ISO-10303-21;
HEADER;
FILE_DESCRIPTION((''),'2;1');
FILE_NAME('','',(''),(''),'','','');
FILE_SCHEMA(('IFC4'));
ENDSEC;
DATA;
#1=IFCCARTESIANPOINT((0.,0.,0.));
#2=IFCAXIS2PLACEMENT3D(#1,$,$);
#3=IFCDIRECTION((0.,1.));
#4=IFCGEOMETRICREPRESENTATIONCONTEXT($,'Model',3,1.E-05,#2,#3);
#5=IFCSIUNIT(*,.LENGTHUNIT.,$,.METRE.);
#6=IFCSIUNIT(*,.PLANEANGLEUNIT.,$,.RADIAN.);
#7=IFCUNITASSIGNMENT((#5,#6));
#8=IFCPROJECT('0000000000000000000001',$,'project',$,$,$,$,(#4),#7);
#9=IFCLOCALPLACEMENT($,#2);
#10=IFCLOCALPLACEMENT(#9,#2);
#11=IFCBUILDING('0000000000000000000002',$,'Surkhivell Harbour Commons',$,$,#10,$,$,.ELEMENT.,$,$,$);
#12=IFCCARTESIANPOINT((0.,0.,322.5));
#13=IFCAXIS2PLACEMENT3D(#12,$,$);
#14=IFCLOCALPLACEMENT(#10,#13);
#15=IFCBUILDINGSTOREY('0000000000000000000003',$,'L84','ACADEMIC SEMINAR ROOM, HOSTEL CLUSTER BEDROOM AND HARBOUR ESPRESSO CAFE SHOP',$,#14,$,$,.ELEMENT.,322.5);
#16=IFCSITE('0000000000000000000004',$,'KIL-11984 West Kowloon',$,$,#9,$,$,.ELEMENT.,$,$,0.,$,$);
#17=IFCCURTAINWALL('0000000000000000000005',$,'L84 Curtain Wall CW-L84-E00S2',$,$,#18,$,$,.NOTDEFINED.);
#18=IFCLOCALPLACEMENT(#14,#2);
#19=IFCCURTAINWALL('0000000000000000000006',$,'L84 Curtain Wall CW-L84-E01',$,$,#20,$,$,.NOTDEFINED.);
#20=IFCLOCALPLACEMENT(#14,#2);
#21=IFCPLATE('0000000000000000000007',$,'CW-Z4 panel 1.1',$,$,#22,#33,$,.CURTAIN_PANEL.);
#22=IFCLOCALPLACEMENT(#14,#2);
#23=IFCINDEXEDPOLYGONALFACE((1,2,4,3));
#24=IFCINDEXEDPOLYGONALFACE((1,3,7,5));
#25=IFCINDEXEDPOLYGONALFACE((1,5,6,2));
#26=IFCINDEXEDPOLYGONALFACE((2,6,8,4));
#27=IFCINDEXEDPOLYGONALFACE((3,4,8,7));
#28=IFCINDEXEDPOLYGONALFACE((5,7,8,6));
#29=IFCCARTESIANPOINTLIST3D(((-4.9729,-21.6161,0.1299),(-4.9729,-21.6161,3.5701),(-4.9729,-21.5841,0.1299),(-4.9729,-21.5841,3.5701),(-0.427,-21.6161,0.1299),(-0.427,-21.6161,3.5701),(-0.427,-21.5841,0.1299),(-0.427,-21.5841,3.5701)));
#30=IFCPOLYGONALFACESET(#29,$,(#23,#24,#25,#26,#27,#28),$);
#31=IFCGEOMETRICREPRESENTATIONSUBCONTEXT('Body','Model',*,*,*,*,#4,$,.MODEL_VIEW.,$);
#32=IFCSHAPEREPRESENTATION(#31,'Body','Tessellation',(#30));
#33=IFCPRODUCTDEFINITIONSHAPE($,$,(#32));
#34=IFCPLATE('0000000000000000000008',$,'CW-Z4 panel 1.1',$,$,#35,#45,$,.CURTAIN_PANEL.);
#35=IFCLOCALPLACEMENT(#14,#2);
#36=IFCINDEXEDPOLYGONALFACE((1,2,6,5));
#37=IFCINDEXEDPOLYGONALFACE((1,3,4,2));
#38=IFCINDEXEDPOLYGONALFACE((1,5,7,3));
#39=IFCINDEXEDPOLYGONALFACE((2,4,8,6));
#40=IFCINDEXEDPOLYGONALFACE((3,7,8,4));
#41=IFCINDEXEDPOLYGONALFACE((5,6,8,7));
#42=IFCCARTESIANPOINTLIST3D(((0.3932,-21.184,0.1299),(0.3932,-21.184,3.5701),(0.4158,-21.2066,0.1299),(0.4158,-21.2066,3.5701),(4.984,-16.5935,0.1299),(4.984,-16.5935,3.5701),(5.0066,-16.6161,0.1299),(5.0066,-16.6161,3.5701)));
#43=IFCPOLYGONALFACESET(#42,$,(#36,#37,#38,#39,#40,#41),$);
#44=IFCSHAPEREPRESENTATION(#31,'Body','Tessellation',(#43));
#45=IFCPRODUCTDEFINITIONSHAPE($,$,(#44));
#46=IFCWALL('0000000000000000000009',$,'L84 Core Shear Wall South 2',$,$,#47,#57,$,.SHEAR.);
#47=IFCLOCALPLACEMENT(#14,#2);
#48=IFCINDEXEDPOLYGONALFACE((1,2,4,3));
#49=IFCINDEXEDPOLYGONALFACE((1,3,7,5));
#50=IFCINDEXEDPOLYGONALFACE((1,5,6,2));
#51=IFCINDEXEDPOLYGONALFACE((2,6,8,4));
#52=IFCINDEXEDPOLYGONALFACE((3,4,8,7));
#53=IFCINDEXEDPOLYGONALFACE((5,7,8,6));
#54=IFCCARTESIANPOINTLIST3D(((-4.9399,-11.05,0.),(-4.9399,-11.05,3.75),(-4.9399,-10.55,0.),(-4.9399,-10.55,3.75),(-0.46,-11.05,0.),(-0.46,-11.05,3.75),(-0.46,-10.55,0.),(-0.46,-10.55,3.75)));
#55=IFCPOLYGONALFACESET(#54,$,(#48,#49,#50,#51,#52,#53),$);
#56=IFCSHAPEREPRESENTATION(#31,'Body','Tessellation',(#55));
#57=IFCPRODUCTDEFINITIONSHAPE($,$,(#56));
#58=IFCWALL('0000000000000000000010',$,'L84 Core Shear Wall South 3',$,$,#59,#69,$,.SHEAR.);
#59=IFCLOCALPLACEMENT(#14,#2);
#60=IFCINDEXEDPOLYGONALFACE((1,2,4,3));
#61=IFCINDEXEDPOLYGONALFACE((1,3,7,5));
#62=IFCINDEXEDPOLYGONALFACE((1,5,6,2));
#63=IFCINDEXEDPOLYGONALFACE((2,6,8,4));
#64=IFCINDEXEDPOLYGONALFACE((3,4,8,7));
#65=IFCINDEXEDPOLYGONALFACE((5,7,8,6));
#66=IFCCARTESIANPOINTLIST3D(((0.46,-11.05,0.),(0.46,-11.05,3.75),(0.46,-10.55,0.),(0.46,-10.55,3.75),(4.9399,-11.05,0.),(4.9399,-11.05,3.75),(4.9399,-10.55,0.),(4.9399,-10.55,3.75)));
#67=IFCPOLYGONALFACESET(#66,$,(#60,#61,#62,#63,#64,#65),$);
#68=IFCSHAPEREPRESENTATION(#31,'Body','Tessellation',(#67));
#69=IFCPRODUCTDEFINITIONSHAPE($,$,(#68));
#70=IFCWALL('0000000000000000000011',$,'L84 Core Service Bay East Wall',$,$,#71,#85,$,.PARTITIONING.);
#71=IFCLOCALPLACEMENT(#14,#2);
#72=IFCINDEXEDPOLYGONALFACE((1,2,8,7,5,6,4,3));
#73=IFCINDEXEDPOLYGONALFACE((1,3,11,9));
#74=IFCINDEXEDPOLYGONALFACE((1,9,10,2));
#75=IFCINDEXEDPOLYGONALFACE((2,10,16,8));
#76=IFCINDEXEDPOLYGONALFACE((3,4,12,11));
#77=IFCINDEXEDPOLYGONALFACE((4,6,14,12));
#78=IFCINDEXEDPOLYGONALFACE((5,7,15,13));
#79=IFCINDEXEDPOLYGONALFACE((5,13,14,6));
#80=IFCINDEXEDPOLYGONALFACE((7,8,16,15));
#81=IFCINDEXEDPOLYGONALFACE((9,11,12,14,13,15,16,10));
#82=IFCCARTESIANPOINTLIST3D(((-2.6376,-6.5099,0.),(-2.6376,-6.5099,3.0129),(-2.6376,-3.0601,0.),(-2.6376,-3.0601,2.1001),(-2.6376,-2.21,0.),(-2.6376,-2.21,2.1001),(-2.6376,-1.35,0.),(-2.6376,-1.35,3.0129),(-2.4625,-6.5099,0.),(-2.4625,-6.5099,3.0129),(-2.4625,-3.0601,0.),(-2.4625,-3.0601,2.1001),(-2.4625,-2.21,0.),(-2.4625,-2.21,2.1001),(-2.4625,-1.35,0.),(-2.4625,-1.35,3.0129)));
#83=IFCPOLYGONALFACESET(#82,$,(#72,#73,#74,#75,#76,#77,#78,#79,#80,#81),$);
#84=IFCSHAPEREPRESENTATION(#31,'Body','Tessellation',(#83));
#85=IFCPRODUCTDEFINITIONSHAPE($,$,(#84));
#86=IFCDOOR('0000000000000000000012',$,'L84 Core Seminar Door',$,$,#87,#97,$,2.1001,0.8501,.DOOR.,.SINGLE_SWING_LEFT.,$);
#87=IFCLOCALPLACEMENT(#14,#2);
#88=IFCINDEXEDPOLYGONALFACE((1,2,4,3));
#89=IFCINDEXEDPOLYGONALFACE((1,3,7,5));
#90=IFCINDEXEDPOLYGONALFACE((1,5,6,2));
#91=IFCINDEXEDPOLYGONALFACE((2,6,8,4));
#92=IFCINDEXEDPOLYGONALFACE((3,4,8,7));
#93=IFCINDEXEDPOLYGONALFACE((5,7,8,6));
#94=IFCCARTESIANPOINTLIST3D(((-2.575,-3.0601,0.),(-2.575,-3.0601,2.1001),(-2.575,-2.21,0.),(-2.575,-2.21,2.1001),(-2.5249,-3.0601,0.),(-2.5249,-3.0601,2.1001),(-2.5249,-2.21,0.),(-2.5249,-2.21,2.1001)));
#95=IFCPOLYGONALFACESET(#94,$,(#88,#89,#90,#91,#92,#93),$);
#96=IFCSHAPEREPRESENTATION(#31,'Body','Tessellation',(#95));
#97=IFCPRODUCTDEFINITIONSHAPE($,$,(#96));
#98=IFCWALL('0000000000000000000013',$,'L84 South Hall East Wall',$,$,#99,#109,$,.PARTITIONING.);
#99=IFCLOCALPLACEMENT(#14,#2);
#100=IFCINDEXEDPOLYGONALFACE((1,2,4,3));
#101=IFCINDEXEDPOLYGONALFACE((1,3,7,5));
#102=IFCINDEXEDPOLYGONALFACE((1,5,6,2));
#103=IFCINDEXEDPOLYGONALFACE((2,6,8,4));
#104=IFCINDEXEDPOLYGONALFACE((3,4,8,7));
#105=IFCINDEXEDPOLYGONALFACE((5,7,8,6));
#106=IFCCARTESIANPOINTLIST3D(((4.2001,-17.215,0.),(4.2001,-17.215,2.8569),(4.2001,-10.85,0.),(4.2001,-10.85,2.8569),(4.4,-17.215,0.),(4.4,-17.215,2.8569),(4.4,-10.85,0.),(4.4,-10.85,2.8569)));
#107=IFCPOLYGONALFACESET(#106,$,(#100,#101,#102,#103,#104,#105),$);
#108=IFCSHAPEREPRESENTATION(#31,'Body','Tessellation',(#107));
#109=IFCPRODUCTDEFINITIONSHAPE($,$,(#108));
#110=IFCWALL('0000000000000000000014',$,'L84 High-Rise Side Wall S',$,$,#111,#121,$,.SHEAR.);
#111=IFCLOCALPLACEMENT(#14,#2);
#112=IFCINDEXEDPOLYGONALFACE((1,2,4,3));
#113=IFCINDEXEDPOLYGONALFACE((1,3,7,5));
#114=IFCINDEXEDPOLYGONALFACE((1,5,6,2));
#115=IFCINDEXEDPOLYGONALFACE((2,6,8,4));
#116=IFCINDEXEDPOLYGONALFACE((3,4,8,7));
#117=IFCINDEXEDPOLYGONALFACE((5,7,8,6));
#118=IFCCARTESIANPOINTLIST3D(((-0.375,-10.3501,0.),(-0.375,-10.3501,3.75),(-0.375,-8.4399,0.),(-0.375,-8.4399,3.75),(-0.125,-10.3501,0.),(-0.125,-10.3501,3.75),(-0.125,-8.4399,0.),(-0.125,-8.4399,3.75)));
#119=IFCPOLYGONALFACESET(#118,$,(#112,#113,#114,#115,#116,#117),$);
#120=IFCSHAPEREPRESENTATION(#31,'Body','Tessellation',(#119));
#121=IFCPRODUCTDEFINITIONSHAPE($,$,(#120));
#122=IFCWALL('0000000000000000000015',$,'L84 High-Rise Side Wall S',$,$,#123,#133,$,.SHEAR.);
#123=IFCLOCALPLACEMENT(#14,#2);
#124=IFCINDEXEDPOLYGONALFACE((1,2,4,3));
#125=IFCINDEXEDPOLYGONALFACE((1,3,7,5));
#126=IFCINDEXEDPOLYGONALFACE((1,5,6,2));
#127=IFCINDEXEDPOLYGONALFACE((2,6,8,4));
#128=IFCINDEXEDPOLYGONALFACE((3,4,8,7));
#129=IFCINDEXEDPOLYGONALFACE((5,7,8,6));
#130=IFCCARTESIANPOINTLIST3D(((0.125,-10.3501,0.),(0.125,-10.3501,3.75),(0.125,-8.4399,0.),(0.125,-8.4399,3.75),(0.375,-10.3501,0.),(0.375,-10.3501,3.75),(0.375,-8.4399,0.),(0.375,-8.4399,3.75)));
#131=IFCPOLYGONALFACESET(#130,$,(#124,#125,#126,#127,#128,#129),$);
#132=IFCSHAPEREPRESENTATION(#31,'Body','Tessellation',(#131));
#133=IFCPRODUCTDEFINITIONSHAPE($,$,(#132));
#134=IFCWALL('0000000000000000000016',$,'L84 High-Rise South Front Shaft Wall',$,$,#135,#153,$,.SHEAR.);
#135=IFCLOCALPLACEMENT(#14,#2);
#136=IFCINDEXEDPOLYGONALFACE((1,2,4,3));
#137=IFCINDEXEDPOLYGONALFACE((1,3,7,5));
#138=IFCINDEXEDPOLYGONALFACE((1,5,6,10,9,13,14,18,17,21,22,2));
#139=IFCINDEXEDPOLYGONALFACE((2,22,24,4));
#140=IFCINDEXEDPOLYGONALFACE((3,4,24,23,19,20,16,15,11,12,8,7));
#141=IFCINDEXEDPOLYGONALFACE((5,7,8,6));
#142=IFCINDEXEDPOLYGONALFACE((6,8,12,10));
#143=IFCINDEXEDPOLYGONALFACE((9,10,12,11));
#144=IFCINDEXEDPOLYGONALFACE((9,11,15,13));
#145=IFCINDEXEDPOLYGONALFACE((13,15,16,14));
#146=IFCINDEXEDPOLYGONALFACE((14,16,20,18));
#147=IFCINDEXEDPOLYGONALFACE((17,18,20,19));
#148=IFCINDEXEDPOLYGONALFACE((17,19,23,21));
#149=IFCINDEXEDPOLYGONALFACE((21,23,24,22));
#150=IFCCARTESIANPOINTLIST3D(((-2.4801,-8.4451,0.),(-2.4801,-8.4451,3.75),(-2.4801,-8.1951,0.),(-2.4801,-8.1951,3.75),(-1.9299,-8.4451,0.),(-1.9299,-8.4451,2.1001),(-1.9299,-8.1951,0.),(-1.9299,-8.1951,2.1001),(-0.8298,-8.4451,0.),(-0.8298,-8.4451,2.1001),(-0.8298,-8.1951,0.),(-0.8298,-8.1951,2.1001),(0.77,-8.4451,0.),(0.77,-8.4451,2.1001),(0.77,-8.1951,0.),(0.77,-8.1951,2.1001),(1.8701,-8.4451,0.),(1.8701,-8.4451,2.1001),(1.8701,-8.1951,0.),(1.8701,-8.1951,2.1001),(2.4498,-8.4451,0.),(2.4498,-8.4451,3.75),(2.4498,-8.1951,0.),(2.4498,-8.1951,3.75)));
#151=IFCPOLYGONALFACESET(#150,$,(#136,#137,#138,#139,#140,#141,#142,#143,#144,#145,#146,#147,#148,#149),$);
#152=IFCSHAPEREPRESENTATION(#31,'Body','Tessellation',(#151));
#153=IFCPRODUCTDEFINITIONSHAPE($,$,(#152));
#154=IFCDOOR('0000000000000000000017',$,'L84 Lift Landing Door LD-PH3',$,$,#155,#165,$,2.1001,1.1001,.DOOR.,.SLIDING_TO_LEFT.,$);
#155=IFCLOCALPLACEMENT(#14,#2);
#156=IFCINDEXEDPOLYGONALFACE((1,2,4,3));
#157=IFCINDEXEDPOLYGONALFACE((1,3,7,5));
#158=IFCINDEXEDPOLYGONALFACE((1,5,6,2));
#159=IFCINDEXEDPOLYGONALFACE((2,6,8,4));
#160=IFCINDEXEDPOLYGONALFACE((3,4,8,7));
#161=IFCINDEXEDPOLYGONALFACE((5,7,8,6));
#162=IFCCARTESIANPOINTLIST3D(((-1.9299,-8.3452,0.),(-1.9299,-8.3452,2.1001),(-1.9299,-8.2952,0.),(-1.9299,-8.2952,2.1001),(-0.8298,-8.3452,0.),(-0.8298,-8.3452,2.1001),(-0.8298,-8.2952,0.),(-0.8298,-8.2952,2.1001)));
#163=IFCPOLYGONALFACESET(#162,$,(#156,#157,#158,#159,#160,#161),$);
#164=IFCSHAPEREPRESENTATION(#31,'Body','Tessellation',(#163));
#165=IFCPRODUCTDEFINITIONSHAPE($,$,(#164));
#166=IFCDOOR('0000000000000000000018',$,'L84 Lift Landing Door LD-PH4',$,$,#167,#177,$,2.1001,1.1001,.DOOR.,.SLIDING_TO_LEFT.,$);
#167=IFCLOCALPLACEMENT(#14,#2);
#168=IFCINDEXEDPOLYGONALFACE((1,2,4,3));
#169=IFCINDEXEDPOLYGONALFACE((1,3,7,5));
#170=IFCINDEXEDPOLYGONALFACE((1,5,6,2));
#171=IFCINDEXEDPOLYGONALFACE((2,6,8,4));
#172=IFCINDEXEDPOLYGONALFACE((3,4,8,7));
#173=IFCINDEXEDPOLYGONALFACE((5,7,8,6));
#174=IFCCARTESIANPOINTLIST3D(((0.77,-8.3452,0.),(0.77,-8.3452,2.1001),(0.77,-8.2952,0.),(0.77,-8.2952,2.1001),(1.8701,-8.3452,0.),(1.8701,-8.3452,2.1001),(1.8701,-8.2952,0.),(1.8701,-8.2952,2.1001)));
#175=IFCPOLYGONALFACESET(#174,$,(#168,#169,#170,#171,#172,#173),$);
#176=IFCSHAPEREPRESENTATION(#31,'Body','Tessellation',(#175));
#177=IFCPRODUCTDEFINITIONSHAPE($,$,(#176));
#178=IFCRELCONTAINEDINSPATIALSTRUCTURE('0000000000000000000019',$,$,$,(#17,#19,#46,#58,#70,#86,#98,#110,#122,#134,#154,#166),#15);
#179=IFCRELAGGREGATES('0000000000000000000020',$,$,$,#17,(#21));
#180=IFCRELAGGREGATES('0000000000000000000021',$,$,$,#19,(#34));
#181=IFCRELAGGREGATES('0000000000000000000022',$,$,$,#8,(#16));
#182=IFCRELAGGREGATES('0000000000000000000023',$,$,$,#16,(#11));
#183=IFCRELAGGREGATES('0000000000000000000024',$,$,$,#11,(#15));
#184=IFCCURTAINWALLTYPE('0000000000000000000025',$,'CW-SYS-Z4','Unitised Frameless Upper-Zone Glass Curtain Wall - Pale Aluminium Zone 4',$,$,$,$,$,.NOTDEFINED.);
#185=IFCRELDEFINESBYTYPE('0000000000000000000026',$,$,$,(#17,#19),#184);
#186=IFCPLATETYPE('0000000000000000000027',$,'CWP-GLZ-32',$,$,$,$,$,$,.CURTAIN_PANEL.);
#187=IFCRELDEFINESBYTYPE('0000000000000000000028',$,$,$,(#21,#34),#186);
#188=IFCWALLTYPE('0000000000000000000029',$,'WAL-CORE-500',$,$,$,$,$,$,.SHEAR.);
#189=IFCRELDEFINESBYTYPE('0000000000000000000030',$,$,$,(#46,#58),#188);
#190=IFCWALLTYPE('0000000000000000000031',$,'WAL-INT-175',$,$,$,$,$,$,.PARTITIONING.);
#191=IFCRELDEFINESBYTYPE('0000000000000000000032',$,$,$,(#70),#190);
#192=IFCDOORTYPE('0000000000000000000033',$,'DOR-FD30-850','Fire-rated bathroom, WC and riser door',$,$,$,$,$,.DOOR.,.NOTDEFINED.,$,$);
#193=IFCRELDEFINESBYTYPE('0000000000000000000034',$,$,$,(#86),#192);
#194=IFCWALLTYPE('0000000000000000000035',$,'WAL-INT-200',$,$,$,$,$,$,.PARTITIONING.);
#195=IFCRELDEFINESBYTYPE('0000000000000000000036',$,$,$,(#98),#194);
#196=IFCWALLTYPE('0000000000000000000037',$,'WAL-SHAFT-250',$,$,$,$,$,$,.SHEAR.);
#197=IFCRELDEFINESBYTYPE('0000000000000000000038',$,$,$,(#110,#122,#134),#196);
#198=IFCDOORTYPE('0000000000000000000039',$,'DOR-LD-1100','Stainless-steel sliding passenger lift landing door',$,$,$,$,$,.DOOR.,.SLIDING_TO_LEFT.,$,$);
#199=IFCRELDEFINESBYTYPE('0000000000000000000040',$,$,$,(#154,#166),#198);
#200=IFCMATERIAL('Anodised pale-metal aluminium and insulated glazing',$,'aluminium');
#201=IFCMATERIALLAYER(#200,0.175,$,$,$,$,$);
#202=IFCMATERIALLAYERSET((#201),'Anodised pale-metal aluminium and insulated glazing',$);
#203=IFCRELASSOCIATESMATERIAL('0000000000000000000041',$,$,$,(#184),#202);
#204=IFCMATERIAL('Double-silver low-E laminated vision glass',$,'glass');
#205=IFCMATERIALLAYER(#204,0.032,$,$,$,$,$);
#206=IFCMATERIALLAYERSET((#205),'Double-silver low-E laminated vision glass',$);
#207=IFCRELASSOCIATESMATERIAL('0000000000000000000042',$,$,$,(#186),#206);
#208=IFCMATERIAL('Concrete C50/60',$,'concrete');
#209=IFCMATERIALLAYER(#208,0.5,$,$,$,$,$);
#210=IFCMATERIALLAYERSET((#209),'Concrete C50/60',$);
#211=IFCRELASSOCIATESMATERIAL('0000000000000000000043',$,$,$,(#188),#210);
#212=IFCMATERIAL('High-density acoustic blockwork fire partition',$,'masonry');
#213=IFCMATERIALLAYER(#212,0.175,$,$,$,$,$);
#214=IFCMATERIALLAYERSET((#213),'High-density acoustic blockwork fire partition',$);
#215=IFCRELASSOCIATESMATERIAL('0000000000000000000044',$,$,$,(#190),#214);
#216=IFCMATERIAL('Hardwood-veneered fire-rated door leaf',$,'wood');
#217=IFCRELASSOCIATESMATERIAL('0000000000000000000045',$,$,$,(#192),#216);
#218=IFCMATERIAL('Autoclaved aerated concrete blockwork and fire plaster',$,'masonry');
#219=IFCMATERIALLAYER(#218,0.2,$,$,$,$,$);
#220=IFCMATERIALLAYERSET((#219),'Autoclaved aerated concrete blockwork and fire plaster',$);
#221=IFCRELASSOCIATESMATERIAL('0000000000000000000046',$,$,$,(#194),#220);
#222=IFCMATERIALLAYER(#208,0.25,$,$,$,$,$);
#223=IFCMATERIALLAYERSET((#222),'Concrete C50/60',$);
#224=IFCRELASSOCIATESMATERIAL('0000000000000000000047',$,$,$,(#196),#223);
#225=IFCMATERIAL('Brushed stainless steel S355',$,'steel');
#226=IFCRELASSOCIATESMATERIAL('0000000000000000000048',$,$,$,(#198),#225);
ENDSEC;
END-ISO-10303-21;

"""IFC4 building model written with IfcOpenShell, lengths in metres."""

from ifc_helpers import new_model, si_unit, direction, frame, frame_2d, origin, place, context, subcontext, project, spatial, rectangle, extrude, material, layer, layer_set, type_object, element, fill, aggregate, save


model = new_model("IFC4")

# Units and contexts
model_context = context("Model", 3, precision=1e-05, world=origin(), true_north=direction((0.0, 1.0)))
body_context = subcontext(model_context, "Body", "Model", "MODEL_VIEW")
ifc_project = project(units=[si_unit("LENGTHUNIT", "METRE"), si_unit("PLANEANGLEUNIT", "RADIAN")], contexts=[model_context])

# Site, building, storey
site_placement = place(None, origin())
site = spatial("IfcSite", under=ifc_project, at=site_placement, Name="KIL-11984 West Kowloon", CompositionType="ELEMENT", RefElevation=0.0)
building_placement = place(site_placement, origin())
building = spatial("IfcBuilding", under=site, at=building_placement, Name="Surkhivell Harbour Commons", CompositionType="ELEMENT")
storey_placement = place(building_placement, frame((0.0, 0.0, 322.5)))
storey = spatial("IfcBuildingStorey", under=building, at=storey_placement, Name="L84", Description="ACADEMIC SEMINAR ROOM, HOSTEL CLUSTER BEDROOM AND HARBOUR ESPRESSO CAFE SHOP", CompositionType="ELEMENT", Elevation=322.5)

# Shared definitions
ifc_material_1 = material(Name="Concrete C50/60", Category="concrete")

# Curtain wall
ifc_material_2 = material(Name="Anodised pale-metal aluminium and insulated glazing", Category="aluminium")
ifc_layer_1 = layer(ifc_material_2, 0.175)
ifc_layer_set_1 = layer_set([ifc_layer_1], Name="Anodised pale-metal aluminium and insulated glazing")
curtain_wall_type = type_object("IfcCurtainWallType", Name="CW-SYS-Z4", Description="Unitised Frameless Upper-Zone Glass Curtain Wall - Pale Aluminium Zone 4", PredefinedType="NOTDEFINED", material=ifc_layer_set_1)
curtain_wall_1_placement = place(storey_placement, origin())
curtain_wall_1 = element("IfcCurtainWall", 1, at=curtain_wall_1_placement, inside=storey, type_object=curtain_wall_type, Name="L84 Curtain Wall CW-L84-E00S2", PredefinedType="NOTDEFINED")

# Curtain wall
curtain_wall_2_placement = place(storey_placement, origin())
curtain_wall_2 = element("IfcCurtainWall", 2, at=curtain_wall_2_placement, inside=storey, type_object=curtain_wall_type, Name="L84 Curtain Wall CW-L84-E01", PredefinedType="NOTDEFINED")

# Plates
ifc_material_3 = material(Name="Double-silver low-E laminated vision glass", Category="glass")
ifc_layer_2 = layer(ifc_material_3, 0.032)
ifc_layer_set_2 = layer_set([ifc_layer_2], Name="Double-silver low-E laminated vision glass")
plate_type = type_object("IfcPlateType", Name="CWP-GLZ-32", PredefinedType="CURTAIN_PANEL", material=ifc_layer_set_2)
plate_1_placement = place(storey_placement, frame((-4.9729, -21.6001, 0.1299), z_axis=(0.0, 0.0, 1.0), x_axis=(1.0, 0.0, 0.0)))
plate_1 = element("IfcPlate", 3, at=plate_1_placement, type_object=plate_type, Name="CW-Z4 panel 1.1", PredefinedType="CURTAIN_PANEL", context=body_context, shape_type="SweptSolid", body=[
    extrude(rectangle(XDim=4.5459, YDim=0.032, at=frame_2d((2.2729, 0.0))), origin(), (0.0, 0.0, 1.0), 3.4402),
])
aggregate(curtain_wall_1, [plate_1])
plate_2_placement = place(storey_placement, frame((0.4045, -21.1953, 0.1299), z_axis=(0.0, 0.0, 1.0), x_axis=(0.707126, 0.707088, 0.0)))
plate_2 = element("IfcPlate", 4, at=plate_2_placement, type_object=plate_type, Name="CW-Z4 panel 1.1", PredefinedType="CURTAIN_PANEL", context=body_context, shape_type="SweptSolid", body=[
    extrude(rectangle(XDim=6.4922, YDim=0.032, at=frame_2d((3.2461, 0.0))), origin(), (0.0, 0.0, 1.0), 3.4402),
])
aggregate(curtain_wall_2, [plate_2])

# Walls
ifc_layer_3 = layer(ifc_material_1, 0.5)
ifc_layer_set_3 = layer_set([ifc_layer_3], Name="Concrete C50/60")
wall_type_1 = type_object("IfcWallType", Name="WAL-CORE-500", PredefinedType="SHEAR", material=ifc_layer_set_3)
for number, where, z_axis, x_axis, name in (
    (5, (-4.9399, -10.8, 0.0), (0.0, 0.0, 1.0), (1.0, 0.0, 0.0), "L84 Core Shear Wall South 2"),
    (6, (0.46, -10.8, 0.0), (0.0, 0.0, 1.0), (1.0, 0.0, 0.0), "L84 Core Shear Wall South 3"),
):
    element("IfcWall", number, at=place(storey_placement, frame(where, z_axis=z_axis, x_axis=x_axis)), inside=storey, type_object=wall_type_1, Name=name, PredefinedType="SHEAR", context=body_context, shape_type="SweptSolid", body=[
        extrude(rectangle(XDim=4.48, YDim=0.5, at=frame_2d((2.24, 0.0))), origin(), (0.0, 0.0, 1.0), 3.75),
    ])

# Wall, opening, door
ifc_material_4 = material(Name="High-density acoustic blockwork fire partition", Category="masonry")
ifc_layer_4 = layer(ifc_material_4, 0.175)
ifc_layer_set_4 = layer_set([ifc_layer_4], Name="High-density acoustic blockwork fire partition")
wall_type_2 = type_object("IfcWallType", Name="WAL-INT-175", PredefinedType="PARTITIONING", material=ifc_layer_set_4)
wall_1_placement = place(storey_placement, frame((-2.55, -6.51, 0.0), z_axis=(0.0, 0.0, 1.0), x_axis=(0.0, 1.0, 0.0)))
wall_1 = element("IfcWall", 7, at=wall_1_placement, inside=storey, type_object=wall_type_2, Name="L84 Core Service Bay East Wall", PredefinedType="PARTITIONING", context=body_context, shape_type="SweptSolid", body=[
    extrude(rectangle(XDim=5.1599, YDim=0.175, at=frame_2d((2.5801, 0.0))), origin(), (0.0, 0.0, 1.0), 3.0129),
])
opening_1_placement = place(wall_1_placement, frame((3.45, 0.0, 0.0)))
opening_1 = element("IfcOpeningElement", 8, at=opening_1_placement, cuts=wall_1, PredefinedType="OPENING", context=body_context, shape_type="SweptSolid", body=[
    extrude(rectangle(XDim=0.8501, YDim=2.1001, at=frame_2d((0.425, 1.05))), frame((0.0, 0.0974, 0.0), z_axis=(0.0, -1.0, 0.0), x_axis=(1.0, 0.0, 0.0)), (0.0, 0.0, 1.0), 0.1951),
])
ifc_material_5 = material(Name="Hardwood-veneered fire-rated door leaf", Category="wood")
door_type_1 = type_object("IfcDoorType", Name="DOR-FD30-850", Description="Fire-rated bathroom, WC and riser door", OperationType="NOTDEFINED", PredefinedType="DOOR", material=ifc_material_5)
door_1_placement = place(opening_1_placement, origin())
door_1 = element("IfcDoor", 9, at=door_1_placement, inside=storey, type_object=door_type_1, Name="L84 Core Seminar Door", OperationType="SINGLE_SWING_LEFT", OverallHeight=2.1001, OverallWidth=0.8501, PredefinedType="DOOR", context=body_context, shape_type="SweptSolid", body=[
    extrude(rectangle(XDim=0.8501, YDim=2.1001, at=frame_2d((0.425, 1.05))), frame((0.0, 0.0249, 0.0), z_axis=(0.0, -1.0, 0.0), x_axis=(1.0, 0.0, 0.0)), (0.0, 0.0, 1.0), 0.05),
])
fill(opening_1, door_1)

# Walls
ifc_material_6 = material(Name="Autoclaved aerated concrete blockwork and fire plaster", Category="masonry")
ifc_layer_5 = layer(ifc_material_6, 0.2)
ifc_layer_set_5 = layer_set([ifc_layer_5], Name="Autoclaved aerated concrete blockwork and fire plaster")
wall_type_3 = type_object("IfcWallType", Name="WAL-INT-200", PredefinedType="PARTITIONING", material=ifc_layer_set_5)
wall_2_placement = place(storey_placement, frame((4.3, -17.2151, 0.0), z_axis=(0.0, 0.0, 1.0), x_axis=(0.0, 1.0, 0.0)))
element("IfcWall", 10, at=wall_2_placement, inside=storey, type_object=wall_type_3, Name="L84 South Hall East Wall", PredefinedType="PARTITIONING", context=body_context, shape_type="SweptSolid", body=[
    extrude(rectangle(XDim=6.365, YDim=0.2, at=frame_2d((3.1826, 0.0))), origin(), (0.0, 0.0, 1.0), 2.8569),
])
ifc_layer_6 = layer(ifc_material_1, 0.25)
ifc_layer_set_6 = layer_set([ifc_layer_6], Name="Concrete C50/60")
wall_type_4 = type_object("IfcWallType", Name="WAL-SHAFT-250", PredefinedType="SHEAR", material=ifc_layer_set_6)
for number, where, z_axis, x_axis, name in (
    (11, (-0.25, -10.3501, 0.0), (0.0, 0.0, 1.0), (0.0, 1.0, 0.0), "L84 High-Rise Side Wall S"),
    (12, (0.25, -10.3501, 0.0), (0.0, 0.0, 1.0), (0.0, 1.0, 0.0), "L84 High-Rise Side Wall S"),
):
    element("IfcWall", number, at=place(storey_placement, frame(where, z_axis=z_axis, x_axis=x_axis)), inside=storey, type_object=wall_type_4, Name=name, PredefinedType="SHEAR", context=body_context, shape_type="SweptSolid", body=[
        extrude(rectangle(XDim=1.9102, YDim=0.25, at=frame_2d((0.9551, 0.0))), origin(), (0.0, 0.0, 1.0), 3.75),
    ])

# Wall, openings, doors
wall_3_placement = place(storey_placement, frame((-2.48, -8.3201, 0.0), z_axis=(0.0, 0.0, 1.0), x_axis=(1.0, 0.0, 0.0)))
wall_3 = element("IfcWall", 13, at=wall_3_placement, inside=storey, type_object=wall_type_4, Name="L84 High-Rise South Front Shaft Wall", PredefinedType="SHEAR", context=body_context, shape_type="SweptSolid", body=[
    extrude(rectangle(XDim=4.9299, YDim=0.25, at=frame_2d((2.4648, 0.0))), origin(), (0.0, 0.0, 1.0), 3.75),
])
opening_2_placement = place(wall_3_placement, frame((0.55, 0.0, 0.0)))
opening_2 = element("IfcOpeningElement", 14, at=opening_2_placement, cuts=wall_3, PredefinedType="OPENING", context=body_context, shape_type="SweptSolid", body=[
    extrude(rectangle(XDim=1.1001, YDim=2.1001, at=frame_2d((0.55, 1.05))), frame((0.0, 0.135, 0.0), z_axis=(0.0, -1.0, 0.0), x_axis=(1.0, 0.0, 0.0)), (0.0, 0.0, 1.0), 0.27),
])
opening_3_placement = place(wall_3_placement, frame((3.25, 0.0, 0.0)))
opening_3 = element("IfcOpeningElement", 15, at=opening_3_placement, cuts=wall_3, PredefinedType="OPENING", context=body_context, shape_type="SweptSolid", body=[
    extrude(rectangle(XDim=1.1001, YDim=2.1001, at=frame_2d((0.55, 1.05))), frame((0.0, 0.135, 0.0), z_axis=(0.0, -1.0, 0.0), x_axis=(1.0, 0.0, 0.0)), (0.0, 0.0, 1.0), 0.27),
])
ifc_material_7 = material(Name="Brushed stainless steel S355", Category="steel")
door_type_2 = type_object("IfcDoorType", Name="DOR-LD-1100", Description="Stainless-steel sliding passenger lift landing door", OperationType="SLIDING_TO_LEFT", PredefinedType="DOOR", material=ifc_material_7)
door_2_placement = place(opening_2_placement, origin())
door_2 = element("IfcDoor", 16, at=door_2_placement, inside=storey, type_object=door_type_2, Name="L84 Lift Landing Door LD-PH3", OperationType="SLIDING_TO_LEFT", OverallHeight=2.1001, OverallWidth=1.1001, PredefinedType="DOOR", context=body_context, shape_type="SweptSolid", body=[
    extrude(rectangle(XDim=1.1001, YDim=2.1001, at=frame_2d((0.55, 1.05))), frame((0.0, 0.0249, 0.0), z_axis=(0.0, -1.0, 0.0), x_axis=(1.0, 0.0, 0.0)), (0.0, 0.0, 1.0), 0.05),
])
fill(opening_2, door_2)
door_3_placement = place(opening_3_placement, origin())
door_3 = element("IfcDoor", 17, at=door_3_placement, inside=storey, type_object=door_type_2, Name="L84 Lift Landing Door LD-PH4", OperationType="SLIDING_TO_LEFT", OverallHeight=2.1001, OverallWidth=1.1001, PredefinedType="DOOR", context=body_context, shape_type="SweptSolid", body=[
    extrude(rectangle(XDim=1.1001, YDim=2.1001, at=frame_2d((0.55, 1.05))), frame((0.0, 0.0249, 0.0), z_axis=(0.0, -1.0, 0.0), x_axis=(1.0, 0.0, 0.0)), (0.0, 0.0, 1.0), 0.05),
])
fill(opening_3, door_3)

save(model, "model.ifc")
